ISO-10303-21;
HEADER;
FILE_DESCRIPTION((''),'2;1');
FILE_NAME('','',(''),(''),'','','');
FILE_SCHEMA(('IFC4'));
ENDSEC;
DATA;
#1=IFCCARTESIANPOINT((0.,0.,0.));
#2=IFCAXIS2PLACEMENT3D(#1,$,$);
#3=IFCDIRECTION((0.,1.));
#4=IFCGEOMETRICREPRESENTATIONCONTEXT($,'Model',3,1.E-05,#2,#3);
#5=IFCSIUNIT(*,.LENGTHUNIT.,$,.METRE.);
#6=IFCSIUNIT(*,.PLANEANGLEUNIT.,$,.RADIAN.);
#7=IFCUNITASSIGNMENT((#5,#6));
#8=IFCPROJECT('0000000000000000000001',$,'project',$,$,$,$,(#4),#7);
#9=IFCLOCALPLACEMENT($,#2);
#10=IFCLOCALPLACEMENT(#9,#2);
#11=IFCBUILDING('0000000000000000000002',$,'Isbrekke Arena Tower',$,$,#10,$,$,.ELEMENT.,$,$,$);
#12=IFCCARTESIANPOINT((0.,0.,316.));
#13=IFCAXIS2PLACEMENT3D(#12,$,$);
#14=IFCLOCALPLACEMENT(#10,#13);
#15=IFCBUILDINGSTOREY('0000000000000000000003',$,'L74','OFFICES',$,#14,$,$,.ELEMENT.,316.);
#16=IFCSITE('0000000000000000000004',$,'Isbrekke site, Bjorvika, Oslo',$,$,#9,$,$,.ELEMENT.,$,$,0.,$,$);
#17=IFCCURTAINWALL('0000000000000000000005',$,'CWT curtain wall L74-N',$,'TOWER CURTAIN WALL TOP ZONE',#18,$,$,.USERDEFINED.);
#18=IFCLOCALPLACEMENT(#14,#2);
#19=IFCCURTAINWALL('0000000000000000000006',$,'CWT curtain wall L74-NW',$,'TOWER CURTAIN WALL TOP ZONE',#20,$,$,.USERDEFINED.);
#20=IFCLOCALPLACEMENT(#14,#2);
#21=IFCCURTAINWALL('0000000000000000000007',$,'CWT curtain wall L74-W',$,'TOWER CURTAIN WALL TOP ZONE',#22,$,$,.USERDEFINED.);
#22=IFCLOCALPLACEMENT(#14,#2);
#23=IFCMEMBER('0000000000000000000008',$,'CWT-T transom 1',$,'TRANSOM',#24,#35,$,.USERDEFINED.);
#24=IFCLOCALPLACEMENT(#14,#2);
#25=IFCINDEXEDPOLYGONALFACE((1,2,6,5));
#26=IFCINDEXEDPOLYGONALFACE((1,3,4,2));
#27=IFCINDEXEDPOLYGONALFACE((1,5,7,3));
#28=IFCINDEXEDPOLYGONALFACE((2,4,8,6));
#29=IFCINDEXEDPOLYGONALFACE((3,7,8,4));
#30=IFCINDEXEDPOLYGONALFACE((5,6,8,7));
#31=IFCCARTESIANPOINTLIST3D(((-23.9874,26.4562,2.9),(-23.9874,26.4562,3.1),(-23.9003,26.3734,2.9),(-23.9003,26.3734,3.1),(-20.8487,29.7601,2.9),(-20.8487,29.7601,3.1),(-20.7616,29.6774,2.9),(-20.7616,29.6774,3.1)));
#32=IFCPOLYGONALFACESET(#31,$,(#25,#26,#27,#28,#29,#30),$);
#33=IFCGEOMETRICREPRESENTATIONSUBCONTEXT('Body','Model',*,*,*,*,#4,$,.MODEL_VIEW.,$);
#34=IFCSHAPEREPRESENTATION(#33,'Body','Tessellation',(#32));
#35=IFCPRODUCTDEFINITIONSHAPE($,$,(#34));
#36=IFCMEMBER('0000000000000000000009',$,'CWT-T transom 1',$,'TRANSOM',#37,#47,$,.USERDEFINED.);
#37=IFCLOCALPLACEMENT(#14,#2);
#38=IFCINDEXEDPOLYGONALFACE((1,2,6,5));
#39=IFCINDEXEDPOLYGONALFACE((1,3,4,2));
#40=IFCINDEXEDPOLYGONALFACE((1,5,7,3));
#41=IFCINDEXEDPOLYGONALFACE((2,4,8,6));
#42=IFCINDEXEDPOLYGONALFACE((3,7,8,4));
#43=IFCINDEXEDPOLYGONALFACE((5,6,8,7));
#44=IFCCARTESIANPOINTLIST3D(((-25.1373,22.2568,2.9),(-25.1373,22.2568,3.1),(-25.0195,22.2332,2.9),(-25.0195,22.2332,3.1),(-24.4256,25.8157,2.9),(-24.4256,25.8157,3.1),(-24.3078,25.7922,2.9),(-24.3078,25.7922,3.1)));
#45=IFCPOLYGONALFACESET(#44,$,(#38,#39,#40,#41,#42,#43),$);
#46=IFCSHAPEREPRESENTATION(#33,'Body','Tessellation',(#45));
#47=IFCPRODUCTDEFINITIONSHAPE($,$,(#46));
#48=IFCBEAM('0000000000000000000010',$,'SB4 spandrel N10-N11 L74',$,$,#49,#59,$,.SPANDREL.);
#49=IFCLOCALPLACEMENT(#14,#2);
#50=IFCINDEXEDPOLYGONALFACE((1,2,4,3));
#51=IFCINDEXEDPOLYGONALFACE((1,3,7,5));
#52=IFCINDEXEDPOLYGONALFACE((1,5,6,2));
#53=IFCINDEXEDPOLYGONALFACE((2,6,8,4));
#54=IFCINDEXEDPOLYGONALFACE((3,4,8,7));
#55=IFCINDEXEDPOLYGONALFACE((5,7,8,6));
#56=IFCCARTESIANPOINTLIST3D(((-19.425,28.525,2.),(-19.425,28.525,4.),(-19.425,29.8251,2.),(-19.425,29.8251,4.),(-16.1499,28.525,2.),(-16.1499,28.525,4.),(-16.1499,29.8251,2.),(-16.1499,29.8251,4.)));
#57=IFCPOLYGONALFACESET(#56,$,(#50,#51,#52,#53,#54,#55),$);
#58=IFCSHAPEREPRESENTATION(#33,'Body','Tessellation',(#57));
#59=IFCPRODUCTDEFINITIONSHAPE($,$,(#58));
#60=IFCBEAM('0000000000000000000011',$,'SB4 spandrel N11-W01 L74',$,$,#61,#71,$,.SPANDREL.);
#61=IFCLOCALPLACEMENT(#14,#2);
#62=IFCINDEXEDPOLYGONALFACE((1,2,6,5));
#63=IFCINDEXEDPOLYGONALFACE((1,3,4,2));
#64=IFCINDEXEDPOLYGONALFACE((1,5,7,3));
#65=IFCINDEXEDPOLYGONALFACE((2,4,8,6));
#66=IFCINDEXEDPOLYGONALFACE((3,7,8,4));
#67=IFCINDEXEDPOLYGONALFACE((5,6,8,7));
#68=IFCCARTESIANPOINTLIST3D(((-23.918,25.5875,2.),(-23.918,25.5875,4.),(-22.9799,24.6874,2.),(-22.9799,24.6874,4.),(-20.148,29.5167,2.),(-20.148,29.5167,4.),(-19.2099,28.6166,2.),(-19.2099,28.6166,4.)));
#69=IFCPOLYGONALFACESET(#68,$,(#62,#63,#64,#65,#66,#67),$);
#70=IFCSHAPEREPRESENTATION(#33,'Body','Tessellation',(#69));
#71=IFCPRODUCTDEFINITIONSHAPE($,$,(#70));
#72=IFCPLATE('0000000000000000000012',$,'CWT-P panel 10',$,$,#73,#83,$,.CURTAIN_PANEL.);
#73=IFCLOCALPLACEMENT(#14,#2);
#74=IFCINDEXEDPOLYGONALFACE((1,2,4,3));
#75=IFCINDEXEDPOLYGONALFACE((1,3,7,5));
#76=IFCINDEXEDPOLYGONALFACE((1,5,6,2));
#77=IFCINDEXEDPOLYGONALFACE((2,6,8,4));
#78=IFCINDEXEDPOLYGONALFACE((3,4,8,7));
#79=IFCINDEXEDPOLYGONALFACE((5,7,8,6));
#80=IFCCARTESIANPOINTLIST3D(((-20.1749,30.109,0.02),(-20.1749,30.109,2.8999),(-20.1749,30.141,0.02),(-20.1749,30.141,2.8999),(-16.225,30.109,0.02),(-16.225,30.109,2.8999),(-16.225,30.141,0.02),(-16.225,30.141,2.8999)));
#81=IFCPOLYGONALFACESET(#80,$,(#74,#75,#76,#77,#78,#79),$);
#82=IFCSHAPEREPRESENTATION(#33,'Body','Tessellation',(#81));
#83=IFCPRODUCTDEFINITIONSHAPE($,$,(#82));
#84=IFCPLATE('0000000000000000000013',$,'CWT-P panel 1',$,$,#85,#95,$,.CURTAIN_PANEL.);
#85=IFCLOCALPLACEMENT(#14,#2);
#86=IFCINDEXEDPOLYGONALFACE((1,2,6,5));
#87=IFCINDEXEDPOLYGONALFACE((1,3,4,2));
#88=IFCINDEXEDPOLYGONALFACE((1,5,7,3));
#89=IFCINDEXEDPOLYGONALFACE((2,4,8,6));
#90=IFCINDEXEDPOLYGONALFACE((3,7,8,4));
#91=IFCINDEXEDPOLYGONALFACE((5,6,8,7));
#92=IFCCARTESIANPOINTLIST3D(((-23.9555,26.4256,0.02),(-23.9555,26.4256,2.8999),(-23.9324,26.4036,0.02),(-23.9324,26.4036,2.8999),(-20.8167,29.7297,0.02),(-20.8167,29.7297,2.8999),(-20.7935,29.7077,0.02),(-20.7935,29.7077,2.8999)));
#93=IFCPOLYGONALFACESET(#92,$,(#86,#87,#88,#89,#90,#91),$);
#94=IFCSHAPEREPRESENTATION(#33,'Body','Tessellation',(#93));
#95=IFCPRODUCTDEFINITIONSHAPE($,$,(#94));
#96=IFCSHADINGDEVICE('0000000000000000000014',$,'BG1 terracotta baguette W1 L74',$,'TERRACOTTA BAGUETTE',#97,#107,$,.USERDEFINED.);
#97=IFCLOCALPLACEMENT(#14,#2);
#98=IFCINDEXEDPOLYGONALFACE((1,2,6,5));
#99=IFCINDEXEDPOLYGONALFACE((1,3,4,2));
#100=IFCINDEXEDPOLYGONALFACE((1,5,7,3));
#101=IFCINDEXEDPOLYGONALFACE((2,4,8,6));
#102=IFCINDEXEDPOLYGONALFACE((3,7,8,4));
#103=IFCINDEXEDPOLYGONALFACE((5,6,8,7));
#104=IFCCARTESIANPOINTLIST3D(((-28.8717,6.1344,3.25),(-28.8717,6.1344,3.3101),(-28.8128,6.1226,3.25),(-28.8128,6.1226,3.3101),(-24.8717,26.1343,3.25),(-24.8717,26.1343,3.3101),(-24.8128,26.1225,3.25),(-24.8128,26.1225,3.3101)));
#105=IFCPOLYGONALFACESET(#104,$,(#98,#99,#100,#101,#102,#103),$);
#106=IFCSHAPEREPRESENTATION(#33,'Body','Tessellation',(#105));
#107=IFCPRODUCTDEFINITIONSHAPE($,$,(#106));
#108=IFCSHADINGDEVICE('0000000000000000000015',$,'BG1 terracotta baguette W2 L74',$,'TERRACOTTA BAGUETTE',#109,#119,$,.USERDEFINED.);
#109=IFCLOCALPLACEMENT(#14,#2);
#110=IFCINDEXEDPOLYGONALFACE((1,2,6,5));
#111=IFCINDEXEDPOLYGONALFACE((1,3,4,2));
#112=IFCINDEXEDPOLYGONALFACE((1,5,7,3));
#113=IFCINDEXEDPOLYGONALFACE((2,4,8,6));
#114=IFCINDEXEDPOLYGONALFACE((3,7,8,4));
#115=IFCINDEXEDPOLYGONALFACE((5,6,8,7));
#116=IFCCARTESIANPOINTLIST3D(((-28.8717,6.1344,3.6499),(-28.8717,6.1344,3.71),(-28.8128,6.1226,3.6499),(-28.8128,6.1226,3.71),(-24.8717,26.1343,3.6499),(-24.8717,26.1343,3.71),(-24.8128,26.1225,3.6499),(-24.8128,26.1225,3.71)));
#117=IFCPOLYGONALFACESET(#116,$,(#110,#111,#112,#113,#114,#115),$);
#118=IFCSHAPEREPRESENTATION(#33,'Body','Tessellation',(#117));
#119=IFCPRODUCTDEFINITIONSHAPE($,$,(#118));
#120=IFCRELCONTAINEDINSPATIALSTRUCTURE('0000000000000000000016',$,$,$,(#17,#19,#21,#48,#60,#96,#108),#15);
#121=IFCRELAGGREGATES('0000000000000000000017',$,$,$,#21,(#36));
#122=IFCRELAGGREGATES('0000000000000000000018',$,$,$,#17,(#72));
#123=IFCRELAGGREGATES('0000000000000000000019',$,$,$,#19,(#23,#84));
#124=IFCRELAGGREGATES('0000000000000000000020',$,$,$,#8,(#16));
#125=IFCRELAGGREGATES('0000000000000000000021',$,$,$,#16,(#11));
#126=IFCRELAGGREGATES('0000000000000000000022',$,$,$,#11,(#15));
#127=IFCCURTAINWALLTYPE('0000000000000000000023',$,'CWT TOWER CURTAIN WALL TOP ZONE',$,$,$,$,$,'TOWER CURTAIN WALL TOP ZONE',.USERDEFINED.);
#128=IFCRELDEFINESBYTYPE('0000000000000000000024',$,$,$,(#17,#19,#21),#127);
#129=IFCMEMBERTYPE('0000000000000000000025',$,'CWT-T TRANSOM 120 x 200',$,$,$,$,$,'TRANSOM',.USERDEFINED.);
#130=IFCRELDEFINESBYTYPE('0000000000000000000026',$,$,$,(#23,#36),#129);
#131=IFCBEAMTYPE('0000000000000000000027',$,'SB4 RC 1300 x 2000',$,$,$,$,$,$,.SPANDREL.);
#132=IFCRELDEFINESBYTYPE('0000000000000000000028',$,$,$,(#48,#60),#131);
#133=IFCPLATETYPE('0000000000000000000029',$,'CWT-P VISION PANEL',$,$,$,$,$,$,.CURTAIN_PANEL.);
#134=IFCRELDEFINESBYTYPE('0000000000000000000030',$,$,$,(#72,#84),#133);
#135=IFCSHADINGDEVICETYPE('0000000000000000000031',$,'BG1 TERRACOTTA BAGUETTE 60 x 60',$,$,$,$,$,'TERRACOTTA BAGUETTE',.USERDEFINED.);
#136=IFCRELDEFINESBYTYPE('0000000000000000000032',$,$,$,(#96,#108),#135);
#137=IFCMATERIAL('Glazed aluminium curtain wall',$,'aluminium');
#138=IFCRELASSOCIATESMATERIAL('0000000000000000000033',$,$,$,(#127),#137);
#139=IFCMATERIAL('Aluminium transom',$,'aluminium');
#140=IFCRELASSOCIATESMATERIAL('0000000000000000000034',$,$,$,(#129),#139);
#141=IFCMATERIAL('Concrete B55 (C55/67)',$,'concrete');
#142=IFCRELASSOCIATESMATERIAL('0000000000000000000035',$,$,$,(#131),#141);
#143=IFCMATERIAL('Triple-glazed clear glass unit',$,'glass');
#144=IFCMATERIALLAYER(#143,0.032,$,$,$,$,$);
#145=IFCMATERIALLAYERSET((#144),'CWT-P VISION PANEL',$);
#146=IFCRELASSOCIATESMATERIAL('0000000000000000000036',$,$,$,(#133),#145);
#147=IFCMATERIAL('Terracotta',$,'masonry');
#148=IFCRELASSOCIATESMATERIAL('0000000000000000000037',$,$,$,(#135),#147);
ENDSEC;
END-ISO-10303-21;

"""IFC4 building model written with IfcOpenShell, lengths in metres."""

from ifc_helpers import new_model, si_unit, direction, frame, origin, origin_2d, place, context, subcontext, project, spatial, rectangle, extrude, material, layer, layer_set, material_profile, profile_set, type_object, element, aggregate, save


model = new_model("IFC4")

# Units and contexts
model_context = context("Model", 3, precision=1e-05, world=origin(), true_north=direction((0.0, 1.0)))
body_context = subcontext(model_context, "Body", "Model", "MODEL_VIEW")
ifc_project = project(units=[si_unit("LENGTHUNIT", "METRE"), si_unit("PLANEANGLEUNIT", "RADIAN")], contexts=[model_context])

# Site, building, storey
site_placement = place(None, origin())
site = spatial("IfcSite", under=ifc_project, at=site_placement, Name="Isbrekke site, Bjorvika, Oslo", CompositionType="ELEMENT", RefElevation=0.0)
building_placement = place(site_placement, origin())
building = spatial("IfcBuilding", under=site, at=building_placement, Name="Isbrekke Arena Tower", CompositionType="ELEMENT")
storey_placement = place(building_placement, frame((0.0, 0.0, 316.0)))
storey = spatial("IfcBuildingStorey", under=building, at=storey_placement, Name="L74", Description="OFFICES", CompositionType="ELEMENT", Elevation=316.0)

# Curtain wall
ifc_material_1 = material(Name="Glazed aluminium curtain wall", Category="aluminium")
curtain_wall_type = type_object("IfcCurtainWallType", Name="CWT TOWER CURTAIN WALL TOP ZONE", ElementType="TOWER CURTAIN WALL TOP ZONE", PredefinedType="USERDEFINED", material=ifc_material_1)
curtain_wall_1_placement = place(storey_placement, origin())
curtain_wall_1 = element("IfcCurtainWall", 1, at=curtain_wall_1_placement, inside=storey, type_object=curtain_wall_type, Name="CWT curtain wall L74-N", ObjectType="TOWER CURTAIN WALL TOP ZONE", PredefinedType="USERDEFINED")

# Curtain wall
curtain_wall_2_placement = place(storey_placement, origin())
curtain_wall_2 = element("IfcCurtainWall", 2, at=curtain_wall_2_placement, inside=storey, type_object=curtain_wall_type, Name="CWT curtain wall L74-NW", ObjectType="TOWER CURTAIN WALL TOP ZONE", PredefinedType="USERDEFINED")

# Curtain wall
curtain_wall_3_placement = place(storey_placement, origin())
curtain_wall_3 = element("IfcCurtainWall", 3, at=curtain_wall_3_placement, inside=storey, type_object=curtain_wall_type, Name="CWT curtain wall L74-W", ObjectType="TOWER CURTAIN WALL TOP ZONE", PredefinedType="USERDEFINED")

# Members
ifc_material_2 = material(Name="Aluminium transom", Category="aluminium")
ifc_material_profile_1 = material_profile(ifc_material_2, rectangle(XDim=0.1201, YDim=0.2, at=origin_2d()), Name="TRANSOM 120X200")
ifc_profile_set_1 = profile_set([ifc_material_profile_1], Name="Aluminium transom")
member_type_1 = type_object("IfcMemberType", Name="CWT-T TRANSOM 120 x 200", ElementType="TRANSOM", PredefinedType="USERDEFINED", material=ifc_profile_set_1)
member_1_placement = place(storey_placement, frame((-20.8052, 29.7188, 3.0), z_axis=(-0.68874, -0.725009, 0.0), x_axis=(0.725009, -0.68874, 0.0)))
member_1 = element("IfcMember", 4, at=member_1_placement, type_object=member_type_1, Name="CWT-T transom 1", ObjectType="TRANSOM", PredefinedType="USERDEFINED", context=body_context, shape_type="SweptSolid", body=[
    extrude(rectangle(XDim=0.1201, YDim=0.2, at=origin_2d()), origin(), (0.0, 0.0, 1.0), 4.5571),
])
member_2_placement = place(storey_placement, frame((-24.3667, 25.804, 3.0), z_axis=(-0.19609, -0.980586, 0.0), x_axis=(0.980586, -0.19609, 0.0)))
member_2 = element("IfcMember", 5, at=member_2_placement, type_object=member_type_1, Name="CWT-T transom 1", ObjectType="TRANSOM", PredefinedType="USERDEFINED", context=body_context, shape_type="SweptSolid", body=[
    extrude(rectangle(XDim=0.1201, YDim=0.2, at=origin_2d()), origin(), (0.0, 0.0, 1.0), 3.6294),
])
aggregate(curtain_wall_3, [member_2])

# Beams
ifc_material_3 = material(Name="Concrete B55 (C55/67)", Category="concrete")
ifc_material_profile_2 = material_profile(ifc_material_3, rectangle(XDim=1.3, YDim=2.0, at=origin_2d()), Name="RC 1300x2000")
ifc_profile_set_2 = profile_set([ifc_material_profile_2], Name="Concrete B55 (C55/67)")
beam_type_1 = type_object("IfcBeamType", Name="SB4 RC 1300 x 2000", PredefinedType="SPANDREL", material=ifc_profile_set_2)
beam_1_placement = place(storey_placement, frame((-16.1499, 29.175, 3.0), z_axis=(-1.0, 0.0, 0.0), x_axis=(0.0, -1.0, 0.0)))
element("IfcBeam", 6, at=beam_1_placement, inside=storey, type_object=beam_type_1, Name="SB4 spandrel N10-N11 L74", PredefinedType="SPANDREL", context=body_context, shape_type="SweptSolid", body=[
    extrude(rectangle(XDim=1.3, YDim=2.0, at=origin_2d()), origin(), (0.0, 0.0, 1.0), 3.2751),
])
beam_2_placement = place(storey_placement, frame((-19.679, 29.0667, 3.0), z_axis=(-0.69234, -0.721572, 0.0), x_axis=(0.721572, -0.69234, 0.0)))
element("IfcBeam", 7, at=beam_2_placement, inside=storey, type_object=beam_type_1, Name="SB4 spandrel N11-W01 L74", PredefinedType="SPANDREL", context=body_context, shape_type="SweptSolid", body=[
    extrude(rectangle(XDim=1.3, YDim=2.0, at=origin_2d()), origin(), (0.0, 0.0, 1.0), 5.4453),
])

# Plates
ifc_material_4 = material(Name="Triple-glazed clear glass unit", Category="glass")
ifc_layer_1 = layer(ifc_material_4, 0.032)
ifc_layer_set_1 = layer_set([ifc_layer_1], Name="CWT-P VISION PANEL")
plate_type = type_object("IfcPlateType", Name="CWT-P VISION PANEL", PredefinedType="CURTAIN_PANEL", material=ifc_layer_set_1)
plate_1_placement = place(storey_placement, frame((-18.2, 30.125, 0.02), z_axis=(0.0, 0.0, 1.0), x_axis=(-1.0, 0.0, 0.0)))
plate_1 = element("IfcPlate", 8, at=plate_1_placement, type_object=plate_type, Name="CWT-P panel 10", PredefinedType="CURTAIN_PANEL", context=body_context, shape_type="SweptSolid", body=[
    extrude(rectangle(XDim=3.95, YDim=0.032, at=origin_2d()), origin(), (0.0, 0.0, 1.0), 2.8799),
])
aggregate(curtain_wall_1, [plate_1])
plate_2_placement = place(storey_placement, frame((-22.3745, 28.0667, 0.02), z_axis=(0.0, 0.0, 1.0), x_axis=(-0.688749, -0.724999, 0.0)))
plate_2 = element("IfcPlate", 9, at=plate_2_placement, type_object=plate_type, Name="CWT-P panel 1", PredefinedType="CURTAIN_PANEL", context=body_context, shape_type="SweptSolid", body=[
    extrude(rectangle(XDim=4.5574, YDim=0.032, at=origin_2d()), origin(), (0.0, 0.0, 1.0), 2.8799),
])
aggregate(curtain_wall_2, [member_1, plate_2])

# Shading devices
ifc_material_5 = material(Name="Terracotta", Category="masonry")
ifc_material_profile_3 = material_profile(ifc_material_5, rectangle(XDim=0.0601, YDim=0.0601, at=origin_2d()), Name="BAGUETTE 60X60")
ifc_profile_set_3 = profile_set([ifc_material_profile_3], Name="Terracotta")
shading_device_type = type_object("IfcShadingDeviceType", Name="BG1 TERRACOTTA BAGUETTE 60 x 60", ElementType="TERRACOTTA BAGUETTE", PredefinedType="USERDEFINED", material=ifc_profile_set_3)
for number, where, z_axis, x_axis, name in (
    (10, (-24.8423, 26.1284, 3.28), (-0.196116, -0.980581, 0.0), (0.980581, -0.196116, 0.0), "BG1 terracotta baguette W1 L74"),
    (11, (-24.8423, 26.1284, 3.6799), (-0.196116, -0.980581, 0.0), (0.980581, -0.196116, 0.0), "BG1 terracotta baguette W2 L74"),
):
    element("IfcShadingDevice", number, at=place(storey_placement, frame(where, z_axis=z_axis, x_axis=x_axis)), inside=storey, type_object=shading_device_type, Name=name, ObjectType="TERRACOTTA BAGUETTE", PredefinedType="USERDEFINED", context=body_context, shape_type="SweptSolid", body=[
        extrude(rectangle(XDim=0.0601, YDim=0.0601, at=origin_2d()), origin(), (0.0, 0.0, 1.0), 20.396),
    ])

save(model, "model.ifc")
